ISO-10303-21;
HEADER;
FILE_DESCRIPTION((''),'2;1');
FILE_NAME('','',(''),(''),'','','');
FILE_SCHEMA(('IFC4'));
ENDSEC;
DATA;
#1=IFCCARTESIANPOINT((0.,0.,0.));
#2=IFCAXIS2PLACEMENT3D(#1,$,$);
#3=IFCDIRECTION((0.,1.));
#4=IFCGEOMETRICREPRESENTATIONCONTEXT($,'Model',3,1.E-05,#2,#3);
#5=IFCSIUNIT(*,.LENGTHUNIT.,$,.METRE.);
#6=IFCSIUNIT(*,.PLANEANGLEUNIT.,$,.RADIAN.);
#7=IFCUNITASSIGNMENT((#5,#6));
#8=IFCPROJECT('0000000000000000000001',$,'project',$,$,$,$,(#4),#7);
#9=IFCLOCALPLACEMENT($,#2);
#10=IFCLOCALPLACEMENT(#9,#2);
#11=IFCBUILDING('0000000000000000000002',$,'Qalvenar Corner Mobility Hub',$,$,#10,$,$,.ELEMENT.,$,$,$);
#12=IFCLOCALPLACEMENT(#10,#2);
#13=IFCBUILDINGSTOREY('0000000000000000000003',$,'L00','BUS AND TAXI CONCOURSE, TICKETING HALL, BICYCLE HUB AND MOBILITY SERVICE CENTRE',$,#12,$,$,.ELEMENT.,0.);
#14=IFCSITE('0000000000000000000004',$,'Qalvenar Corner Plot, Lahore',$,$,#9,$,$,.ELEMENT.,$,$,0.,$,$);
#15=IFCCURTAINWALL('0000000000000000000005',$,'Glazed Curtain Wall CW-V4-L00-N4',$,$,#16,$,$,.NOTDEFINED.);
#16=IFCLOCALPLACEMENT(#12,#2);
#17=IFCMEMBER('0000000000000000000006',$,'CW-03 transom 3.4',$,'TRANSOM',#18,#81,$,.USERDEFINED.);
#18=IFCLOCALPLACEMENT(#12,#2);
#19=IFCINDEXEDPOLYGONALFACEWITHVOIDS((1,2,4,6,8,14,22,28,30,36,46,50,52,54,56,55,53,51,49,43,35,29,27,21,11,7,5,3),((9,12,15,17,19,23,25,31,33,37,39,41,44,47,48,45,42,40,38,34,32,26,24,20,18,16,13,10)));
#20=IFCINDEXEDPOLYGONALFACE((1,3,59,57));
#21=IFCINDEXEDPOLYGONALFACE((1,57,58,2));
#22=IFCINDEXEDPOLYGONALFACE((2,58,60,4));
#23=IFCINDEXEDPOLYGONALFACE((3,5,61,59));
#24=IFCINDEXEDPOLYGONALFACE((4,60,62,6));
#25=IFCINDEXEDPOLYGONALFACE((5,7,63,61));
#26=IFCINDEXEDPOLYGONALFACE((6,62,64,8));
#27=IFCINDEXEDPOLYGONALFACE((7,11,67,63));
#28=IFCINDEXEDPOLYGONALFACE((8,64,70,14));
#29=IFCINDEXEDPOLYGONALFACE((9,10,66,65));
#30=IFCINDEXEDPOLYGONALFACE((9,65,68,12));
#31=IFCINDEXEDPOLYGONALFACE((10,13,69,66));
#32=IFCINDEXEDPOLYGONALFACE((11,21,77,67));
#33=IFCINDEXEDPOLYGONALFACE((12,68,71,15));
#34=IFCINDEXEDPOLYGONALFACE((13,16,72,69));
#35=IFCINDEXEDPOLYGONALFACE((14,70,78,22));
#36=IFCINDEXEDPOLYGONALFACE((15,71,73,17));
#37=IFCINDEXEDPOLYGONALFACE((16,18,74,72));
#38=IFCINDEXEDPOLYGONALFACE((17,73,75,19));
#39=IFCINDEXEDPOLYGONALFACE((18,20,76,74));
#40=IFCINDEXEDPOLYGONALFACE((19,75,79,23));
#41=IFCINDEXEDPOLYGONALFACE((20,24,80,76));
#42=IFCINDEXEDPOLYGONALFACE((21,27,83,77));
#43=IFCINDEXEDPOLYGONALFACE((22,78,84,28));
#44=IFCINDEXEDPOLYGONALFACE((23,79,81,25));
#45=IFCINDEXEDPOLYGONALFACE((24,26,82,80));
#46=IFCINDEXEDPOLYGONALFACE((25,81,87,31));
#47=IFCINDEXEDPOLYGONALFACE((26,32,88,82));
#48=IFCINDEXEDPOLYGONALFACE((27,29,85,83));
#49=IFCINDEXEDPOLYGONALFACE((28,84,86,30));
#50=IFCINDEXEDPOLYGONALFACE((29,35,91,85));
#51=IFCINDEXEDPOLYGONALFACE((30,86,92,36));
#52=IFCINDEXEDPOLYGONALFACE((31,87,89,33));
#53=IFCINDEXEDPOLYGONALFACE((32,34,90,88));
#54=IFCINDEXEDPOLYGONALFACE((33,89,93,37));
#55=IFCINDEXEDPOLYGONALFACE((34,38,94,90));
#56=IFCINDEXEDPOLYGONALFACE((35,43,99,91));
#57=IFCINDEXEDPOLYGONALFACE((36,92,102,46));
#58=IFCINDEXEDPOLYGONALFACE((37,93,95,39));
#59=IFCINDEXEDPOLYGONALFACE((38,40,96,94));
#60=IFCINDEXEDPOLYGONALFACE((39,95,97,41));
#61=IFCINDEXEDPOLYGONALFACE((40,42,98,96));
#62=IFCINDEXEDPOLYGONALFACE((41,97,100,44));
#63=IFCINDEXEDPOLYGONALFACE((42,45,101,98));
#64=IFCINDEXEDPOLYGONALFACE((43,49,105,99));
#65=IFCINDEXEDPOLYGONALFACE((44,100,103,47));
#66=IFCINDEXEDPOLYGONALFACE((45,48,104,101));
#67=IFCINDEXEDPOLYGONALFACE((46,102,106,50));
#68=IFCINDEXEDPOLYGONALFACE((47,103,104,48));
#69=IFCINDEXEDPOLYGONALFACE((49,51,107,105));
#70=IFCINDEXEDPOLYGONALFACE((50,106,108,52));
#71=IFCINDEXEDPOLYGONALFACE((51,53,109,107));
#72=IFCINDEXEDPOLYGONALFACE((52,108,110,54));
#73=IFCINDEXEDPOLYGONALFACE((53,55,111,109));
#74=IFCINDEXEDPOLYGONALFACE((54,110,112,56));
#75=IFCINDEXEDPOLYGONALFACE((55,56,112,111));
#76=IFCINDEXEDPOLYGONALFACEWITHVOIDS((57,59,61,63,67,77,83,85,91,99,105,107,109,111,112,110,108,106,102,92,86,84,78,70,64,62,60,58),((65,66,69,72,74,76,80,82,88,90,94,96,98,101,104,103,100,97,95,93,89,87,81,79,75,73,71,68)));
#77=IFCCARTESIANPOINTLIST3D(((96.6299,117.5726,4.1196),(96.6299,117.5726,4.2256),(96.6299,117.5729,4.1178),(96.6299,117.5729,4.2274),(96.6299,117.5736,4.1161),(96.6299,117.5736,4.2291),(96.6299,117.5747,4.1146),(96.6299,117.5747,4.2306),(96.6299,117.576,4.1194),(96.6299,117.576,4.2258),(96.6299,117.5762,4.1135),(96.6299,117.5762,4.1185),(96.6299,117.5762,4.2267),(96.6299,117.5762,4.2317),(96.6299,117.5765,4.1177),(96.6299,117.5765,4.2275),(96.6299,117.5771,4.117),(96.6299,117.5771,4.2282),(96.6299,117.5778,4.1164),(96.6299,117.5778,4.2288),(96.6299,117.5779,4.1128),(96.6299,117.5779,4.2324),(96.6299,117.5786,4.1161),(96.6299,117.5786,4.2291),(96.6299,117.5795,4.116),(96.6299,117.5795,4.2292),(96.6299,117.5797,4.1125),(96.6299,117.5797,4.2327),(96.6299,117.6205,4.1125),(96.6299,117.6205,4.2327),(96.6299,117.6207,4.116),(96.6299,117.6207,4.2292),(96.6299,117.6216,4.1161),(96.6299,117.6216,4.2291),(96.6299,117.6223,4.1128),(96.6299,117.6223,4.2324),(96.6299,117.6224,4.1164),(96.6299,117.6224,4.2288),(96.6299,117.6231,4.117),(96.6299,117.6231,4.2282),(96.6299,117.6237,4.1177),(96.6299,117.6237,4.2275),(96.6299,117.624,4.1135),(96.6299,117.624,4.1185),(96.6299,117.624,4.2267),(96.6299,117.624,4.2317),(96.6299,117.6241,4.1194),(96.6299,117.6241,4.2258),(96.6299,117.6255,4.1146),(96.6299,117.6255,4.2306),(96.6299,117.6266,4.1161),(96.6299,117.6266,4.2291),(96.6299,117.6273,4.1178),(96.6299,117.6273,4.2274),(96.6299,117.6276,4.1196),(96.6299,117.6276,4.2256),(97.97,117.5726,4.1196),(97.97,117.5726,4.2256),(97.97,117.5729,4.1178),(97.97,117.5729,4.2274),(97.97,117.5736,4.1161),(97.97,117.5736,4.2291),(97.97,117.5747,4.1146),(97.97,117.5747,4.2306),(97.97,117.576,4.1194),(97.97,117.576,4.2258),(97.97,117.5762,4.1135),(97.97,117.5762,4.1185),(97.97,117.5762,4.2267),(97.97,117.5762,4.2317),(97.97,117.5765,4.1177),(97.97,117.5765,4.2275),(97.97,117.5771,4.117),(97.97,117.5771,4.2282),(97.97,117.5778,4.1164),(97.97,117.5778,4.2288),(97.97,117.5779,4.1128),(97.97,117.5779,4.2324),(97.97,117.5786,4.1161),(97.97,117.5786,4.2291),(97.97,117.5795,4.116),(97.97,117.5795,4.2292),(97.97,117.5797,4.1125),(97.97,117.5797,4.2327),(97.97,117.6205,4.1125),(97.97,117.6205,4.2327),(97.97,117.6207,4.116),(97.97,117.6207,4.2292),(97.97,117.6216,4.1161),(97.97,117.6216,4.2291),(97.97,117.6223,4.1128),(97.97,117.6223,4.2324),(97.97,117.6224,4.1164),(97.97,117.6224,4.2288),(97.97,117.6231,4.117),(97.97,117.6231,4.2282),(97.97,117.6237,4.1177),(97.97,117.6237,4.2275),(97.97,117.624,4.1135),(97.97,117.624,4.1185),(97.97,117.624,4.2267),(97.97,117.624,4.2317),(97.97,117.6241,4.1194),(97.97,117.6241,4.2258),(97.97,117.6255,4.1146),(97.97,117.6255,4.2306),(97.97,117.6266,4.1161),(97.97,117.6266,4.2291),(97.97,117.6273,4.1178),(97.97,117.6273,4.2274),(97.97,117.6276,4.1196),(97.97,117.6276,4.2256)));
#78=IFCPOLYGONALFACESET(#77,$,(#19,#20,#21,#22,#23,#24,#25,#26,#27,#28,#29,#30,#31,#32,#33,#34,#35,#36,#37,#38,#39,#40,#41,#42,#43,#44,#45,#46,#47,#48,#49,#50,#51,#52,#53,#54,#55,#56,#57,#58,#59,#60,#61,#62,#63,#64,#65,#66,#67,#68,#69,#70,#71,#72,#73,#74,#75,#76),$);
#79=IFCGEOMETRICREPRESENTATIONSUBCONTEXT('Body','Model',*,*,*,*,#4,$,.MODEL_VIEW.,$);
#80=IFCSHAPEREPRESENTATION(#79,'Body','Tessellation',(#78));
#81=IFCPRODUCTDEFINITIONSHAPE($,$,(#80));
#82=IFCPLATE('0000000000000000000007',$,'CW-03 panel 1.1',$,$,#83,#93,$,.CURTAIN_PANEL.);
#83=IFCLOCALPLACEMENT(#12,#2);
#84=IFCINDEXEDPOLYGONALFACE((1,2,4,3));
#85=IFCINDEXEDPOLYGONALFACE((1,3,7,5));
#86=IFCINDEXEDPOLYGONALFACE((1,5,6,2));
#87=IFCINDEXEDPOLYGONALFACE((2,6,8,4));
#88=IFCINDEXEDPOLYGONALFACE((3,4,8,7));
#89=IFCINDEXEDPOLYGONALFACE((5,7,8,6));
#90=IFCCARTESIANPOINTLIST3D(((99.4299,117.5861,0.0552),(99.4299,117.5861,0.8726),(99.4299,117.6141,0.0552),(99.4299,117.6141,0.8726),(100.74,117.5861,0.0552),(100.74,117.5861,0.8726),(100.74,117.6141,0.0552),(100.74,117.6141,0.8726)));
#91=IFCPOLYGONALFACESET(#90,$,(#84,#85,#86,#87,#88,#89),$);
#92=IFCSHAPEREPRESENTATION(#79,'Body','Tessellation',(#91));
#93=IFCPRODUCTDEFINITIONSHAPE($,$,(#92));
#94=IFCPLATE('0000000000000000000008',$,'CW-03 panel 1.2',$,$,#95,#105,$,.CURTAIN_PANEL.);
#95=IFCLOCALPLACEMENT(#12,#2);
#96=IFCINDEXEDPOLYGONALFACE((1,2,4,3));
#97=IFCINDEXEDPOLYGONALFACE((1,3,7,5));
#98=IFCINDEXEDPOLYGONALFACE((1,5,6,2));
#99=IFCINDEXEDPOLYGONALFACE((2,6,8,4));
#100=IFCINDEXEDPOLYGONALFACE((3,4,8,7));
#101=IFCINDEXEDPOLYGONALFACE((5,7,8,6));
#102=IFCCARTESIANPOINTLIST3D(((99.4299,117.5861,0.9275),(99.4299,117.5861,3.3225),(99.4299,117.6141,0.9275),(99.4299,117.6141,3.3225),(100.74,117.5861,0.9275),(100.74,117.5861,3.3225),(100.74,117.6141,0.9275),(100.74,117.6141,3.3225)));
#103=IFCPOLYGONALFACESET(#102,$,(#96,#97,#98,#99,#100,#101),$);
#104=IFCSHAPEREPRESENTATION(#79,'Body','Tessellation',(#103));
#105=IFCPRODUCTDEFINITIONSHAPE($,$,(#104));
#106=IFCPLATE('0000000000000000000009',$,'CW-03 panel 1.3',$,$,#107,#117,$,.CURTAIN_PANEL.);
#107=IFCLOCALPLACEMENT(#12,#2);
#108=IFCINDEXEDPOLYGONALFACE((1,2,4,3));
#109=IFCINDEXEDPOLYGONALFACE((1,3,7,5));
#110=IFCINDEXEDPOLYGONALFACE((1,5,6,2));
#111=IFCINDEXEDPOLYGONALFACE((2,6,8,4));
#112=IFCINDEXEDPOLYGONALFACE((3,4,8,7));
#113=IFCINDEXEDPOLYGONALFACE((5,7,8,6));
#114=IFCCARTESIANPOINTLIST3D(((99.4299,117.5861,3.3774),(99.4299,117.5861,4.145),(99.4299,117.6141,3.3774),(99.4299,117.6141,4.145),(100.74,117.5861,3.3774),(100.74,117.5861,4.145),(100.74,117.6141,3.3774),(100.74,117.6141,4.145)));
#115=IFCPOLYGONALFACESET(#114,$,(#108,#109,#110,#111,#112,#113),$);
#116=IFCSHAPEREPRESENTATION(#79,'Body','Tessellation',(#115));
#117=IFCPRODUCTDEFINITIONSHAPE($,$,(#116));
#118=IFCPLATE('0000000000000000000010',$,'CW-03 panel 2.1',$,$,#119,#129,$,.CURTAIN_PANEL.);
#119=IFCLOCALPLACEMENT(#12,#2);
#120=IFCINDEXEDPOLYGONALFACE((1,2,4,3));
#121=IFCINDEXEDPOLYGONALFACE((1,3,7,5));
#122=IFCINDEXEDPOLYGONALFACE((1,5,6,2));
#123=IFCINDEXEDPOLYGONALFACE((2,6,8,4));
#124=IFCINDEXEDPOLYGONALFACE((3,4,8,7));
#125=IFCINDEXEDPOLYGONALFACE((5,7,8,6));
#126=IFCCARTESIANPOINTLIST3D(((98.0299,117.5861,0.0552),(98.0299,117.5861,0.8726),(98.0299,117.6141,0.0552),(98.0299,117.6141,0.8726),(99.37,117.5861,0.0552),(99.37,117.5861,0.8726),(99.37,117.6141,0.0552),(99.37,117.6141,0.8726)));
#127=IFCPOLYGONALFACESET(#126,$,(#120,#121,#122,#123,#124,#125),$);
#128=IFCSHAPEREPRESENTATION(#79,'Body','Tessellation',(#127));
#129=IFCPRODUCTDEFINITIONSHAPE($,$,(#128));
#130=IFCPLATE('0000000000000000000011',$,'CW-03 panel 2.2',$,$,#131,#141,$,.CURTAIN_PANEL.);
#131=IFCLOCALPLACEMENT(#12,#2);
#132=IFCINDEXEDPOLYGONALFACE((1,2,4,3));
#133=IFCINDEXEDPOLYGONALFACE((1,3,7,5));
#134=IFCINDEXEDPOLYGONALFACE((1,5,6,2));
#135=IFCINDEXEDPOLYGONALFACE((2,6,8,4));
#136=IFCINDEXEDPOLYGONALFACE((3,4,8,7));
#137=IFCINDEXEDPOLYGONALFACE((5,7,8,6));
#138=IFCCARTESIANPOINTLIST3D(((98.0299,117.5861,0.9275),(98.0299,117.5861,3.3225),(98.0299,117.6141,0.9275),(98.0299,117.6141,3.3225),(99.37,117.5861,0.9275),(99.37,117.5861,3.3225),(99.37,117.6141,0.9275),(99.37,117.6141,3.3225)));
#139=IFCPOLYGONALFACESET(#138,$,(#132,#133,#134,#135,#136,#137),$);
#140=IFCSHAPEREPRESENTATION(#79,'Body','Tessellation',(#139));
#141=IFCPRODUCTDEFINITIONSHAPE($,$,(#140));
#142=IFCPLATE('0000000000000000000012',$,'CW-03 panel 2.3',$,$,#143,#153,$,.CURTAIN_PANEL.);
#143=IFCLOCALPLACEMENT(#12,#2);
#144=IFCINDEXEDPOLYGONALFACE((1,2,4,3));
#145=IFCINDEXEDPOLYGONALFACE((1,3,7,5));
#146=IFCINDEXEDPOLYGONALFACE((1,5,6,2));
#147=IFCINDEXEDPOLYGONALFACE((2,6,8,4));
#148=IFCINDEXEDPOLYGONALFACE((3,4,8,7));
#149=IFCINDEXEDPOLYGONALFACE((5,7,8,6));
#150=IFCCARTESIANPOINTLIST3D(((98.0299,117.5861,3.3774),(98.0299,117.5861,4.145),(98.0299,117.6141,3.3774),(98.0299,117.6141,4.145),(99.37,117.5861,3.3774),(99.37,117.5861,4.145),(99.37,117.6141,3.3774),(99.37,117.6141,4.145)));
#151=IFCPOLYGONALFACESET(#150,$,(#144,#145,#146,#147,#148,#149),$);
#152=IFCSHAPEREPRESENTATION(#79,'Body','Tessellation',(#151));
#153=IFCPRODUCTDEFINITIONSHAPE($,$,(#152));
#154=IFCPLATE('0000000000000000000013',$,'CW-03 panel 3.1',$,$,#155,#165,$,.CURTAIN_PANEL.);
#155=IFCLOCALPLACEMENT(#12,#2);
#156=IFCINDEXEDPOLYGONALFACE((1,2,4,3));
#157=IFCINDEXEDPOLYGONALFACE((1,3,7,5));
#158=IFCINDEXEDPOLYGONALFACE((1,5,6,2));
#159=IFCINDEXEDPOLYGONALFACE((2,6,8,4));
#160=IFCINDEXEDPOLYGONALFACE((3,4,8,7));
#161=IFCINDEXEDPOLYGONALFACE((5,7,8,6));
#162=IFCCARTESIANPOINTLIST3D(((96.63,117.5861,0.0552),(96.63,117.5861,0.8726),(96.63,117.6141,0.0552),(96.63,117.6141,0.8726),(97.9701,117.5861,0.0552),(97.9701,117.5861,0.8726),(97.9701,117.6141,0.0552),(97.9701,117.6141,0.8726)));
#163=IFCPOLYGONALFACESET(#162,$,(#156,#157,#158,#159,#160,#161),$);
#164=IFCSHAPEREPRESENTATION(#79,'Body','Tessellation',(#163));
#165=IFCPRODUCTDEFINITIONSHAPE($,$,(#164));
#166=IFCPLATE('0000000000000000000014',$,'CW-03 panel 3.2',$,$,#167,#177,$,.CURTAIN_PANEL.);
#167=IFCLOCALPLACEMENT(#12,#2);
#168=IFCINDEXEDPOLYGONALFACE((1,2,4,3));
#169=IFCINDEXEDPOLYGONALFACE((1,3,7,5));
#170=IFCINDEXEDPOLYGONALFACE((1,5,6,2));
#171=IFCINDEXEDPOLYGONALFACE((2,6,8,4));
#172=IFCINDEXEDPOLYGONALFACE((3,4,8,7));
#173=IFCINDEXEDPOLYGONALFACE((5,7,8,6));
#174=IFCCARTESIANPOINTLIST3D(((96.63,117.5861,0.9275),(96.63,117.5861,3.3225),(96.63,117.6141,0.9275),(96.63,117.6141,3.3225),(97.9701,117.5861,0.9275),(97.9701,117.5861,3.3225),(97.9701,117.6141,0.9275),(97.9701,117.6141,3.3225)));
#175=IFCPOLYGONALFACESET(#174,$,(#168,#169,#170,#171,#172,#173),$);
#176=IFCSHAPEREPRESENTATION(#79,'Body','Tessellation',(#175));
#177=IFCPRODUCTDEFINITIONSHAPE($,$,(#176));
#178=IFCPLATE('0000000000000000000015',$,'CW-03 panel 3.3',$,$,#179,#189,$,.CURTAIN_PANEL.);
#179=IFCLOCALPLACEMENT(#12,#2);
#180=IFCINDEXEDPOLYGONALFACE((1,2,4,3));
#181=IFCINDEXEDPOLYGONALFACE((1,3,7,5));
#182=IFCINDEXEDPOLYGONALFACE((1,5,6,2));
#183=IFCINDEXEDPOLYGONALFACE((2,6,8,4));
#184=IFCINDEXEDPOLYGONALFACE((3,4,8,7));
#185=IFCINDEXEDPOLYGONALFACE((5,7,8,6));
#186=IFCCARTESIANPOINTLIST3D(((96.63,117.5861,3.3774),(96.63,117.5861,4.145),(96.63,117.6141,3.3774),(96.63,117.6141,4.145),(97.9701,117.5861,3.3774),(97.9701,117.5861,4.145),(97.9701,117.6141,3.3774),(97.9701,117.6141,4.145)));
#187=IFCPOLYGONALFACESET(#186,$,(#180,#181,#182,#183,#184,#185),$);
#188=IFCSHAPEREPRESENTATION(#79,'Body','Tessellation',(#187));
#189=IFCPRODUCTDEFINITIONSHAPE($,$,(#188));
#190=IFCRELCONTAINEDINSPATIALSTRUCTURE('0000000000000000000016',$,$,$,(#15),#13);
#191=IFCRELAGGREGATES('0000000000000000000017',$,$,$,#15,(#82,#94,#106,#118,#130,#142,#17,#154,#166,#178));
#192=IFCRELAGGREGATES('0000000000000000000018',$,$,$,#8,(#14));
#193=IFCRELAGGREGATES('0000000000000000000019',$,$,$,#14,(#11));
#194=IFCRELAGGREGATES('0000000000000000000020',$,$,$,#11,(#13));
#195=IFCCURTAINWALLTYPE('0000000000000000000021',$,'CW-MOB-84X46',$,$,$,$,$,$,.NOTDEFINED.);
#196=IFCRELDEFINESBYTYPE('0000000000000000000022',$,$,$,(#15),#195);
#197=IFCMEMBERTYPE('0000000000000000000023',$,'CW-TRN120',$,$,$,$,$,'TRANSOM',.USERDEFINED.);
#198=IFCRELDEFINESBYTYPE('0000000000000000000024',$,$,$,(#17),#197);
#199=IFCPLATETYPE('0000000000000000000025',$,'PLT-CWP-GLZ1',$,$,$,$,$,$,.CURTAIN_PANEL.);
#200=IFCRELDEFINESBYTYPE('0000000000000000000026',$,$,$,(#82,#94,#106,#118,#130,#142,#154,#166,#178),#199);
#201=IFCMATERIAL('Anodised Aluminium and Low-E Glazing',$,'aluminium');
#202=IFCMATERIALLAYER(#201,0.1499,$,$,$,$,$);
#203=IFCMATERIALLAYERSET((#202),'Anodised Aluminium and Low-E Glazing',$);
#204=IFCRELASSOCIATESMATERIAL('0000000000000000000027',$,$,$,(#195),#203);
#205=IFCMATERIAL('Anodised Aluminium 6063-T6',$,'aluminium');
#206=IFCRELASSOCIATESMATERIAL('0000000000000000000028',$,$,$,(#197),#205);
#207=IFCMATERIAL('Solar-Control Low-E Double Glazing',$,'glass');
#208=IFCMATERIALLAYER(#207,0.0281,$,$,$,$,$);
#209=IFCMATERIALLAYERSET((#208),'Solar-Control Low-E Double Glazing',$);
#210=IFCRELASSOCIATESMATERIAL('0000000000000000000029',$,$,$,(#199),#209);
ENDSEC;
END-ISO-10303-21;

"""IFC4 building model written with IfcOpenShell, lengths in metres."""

from ifc_helpers import new_model, si_unit, direction, frame, origin, origin_2d, place, context, subcontext, project, spatial, rectangle, hollow_rectangle, extrude, material, layer, layer_set, material_profile, profile_set, type_object, element, aggregate, save


model = new_model("IFC4")

# Units and contexts
model_context = context("Model", 3, precision=1e-05, world=origin(), true_north=direction((0.0, 1.0)))
body_context = subcontext(model_context, "Body", "Model", "MODEL_VIEW")
ifc_project = project(units=[si_unit("LENGTHUNIT", "METRE"), si_unit("PLANEANGLEUNIT", "RADIAN")], contexts=[model_context])

# Site, building, storey
site_placement = place(None, origin())
site = spatial("IfcSite", under=ifc_project, at=site_placement, Name="Qalvenar Corner Plot, Lahore", CompositionType="ELEMENT", RefElevation=0.0)
building_placement = place(site_placement, origin())
building = spatial("IfcBuilding", under=site, at=building_placement, Name="Qalvenar Corner Mobility Hub", CompositionType="ELEMENT")
storey_placement = place(building_placement, origin())
storey = spatial("IfcBuildingStorey", under=building, at=storey_placement, Name="L00", Description="BUS AND TAXI CONCOURSE, TICKETING HALL, BICYCLE HUB AND MOBILITY SERVICE CENTRE", CompositionType="ELEMENT", Elevation=0.0)

# Curtain wall, member, plates
ifc_material_1 = material(Name="Anodised Aluminium and Low-E Glazing", Category="aluminium")
ifc_layer_1 = layer(ifc_material_1, 0.1499)
ifc_layer_set_1 = layer_set([ifc_layer_1], Name="Anodised Aluminium and Low-E Glazing")
curtain_wall_type = type_object("IfcCurtainWallType", Name="CW-MOB-84X46", PredefinedType="NOTDEFINED", material=ifc_layer_set_1)
curtain_wall_placement = place(storey_placement, origin())
curtain_wall = element("IfcCurtainWall", 1, at=curtain_wall_placement, inside=storey, type_object=curtain_wall_type, Name="Glazed Curtain Wall CW-V4-L00-N4", PredefinedType="NOTDEFINED")
ifc_material_2 = material(Name="Anodised Aluminium 6063-T6", Category="aluminium")
ifc_material_profile_1 = material_profile(ifc_material_2, hollow_rectangle(XDim=0.0549, YDim=0.1201, WallThickness=0.0034, InnerFilletRadius=0.0034, OuterFilletRadius=0.0071, at=origin_2d()), Name="RHS120x55x3.5")
ifc_profile_set_1 = profile_set([ifc_material_profile_1], Name="Anodised Aluminium 6063-T6")
member_type_1 = type_object("IfcMemberType", Name="CW-TRN120", ElementType="TRANSOM", PredefinedType="USERDEFINED", material=ifc_profile_set_1)
member_1_placement = place(storey_placement, frame((97.97, 117.6001, 4.1726), z_axis=(-1.0, 0.0, 0.0), x_axis=(0.0, -1.0, 0.0)))
member_1 = element("IfcMember", 2, at=member_1_placement, type_object=member_type_1, Name="CW-03 transom 3.4", ObjectType="TRANSOM", PredefinedType="USERDEFINED", context=body_context, shape_type="SweptSolid", body=[
    extrude(hollow_rectangle(XDim=0.0549, YDim=0.1201, WallThickness=0.0034, InnerFilletRadius=0.0034, OuterFilletRadius=0.0071, at=origin_2d()), origin(), (0.0, 0.0, 1.0), 1.3401),
])
ifc_material_3 = material(Name="Solar-Control Low-E Double Glazing", Category="glass")
ifc_layer_2 = layer(ifc_material_3, 0.0281)
ifc_layer_set_2 = layer_set([ifc_layer_2], Name="Solar-Control Low-E Double Glazing")
plate_type = type_object("IfcPlateType", Name="PLT-CWP-GLZ1", PredefinedType="CURTAIN_PANEL", material=ifc_layer_set_2)
plate_1_placement = place(storey_placement, frame((100.085, 117.6001, 0.0552), z_axis=(0.0, 0.0, 1.0), x_axis=(-1.0, 0.0, 0.0)))
plate_1 = element("IfcPlate", 3, at=plate_1_placement, type_object=plate_type, Name="CW-03 panel 1.1", PredefinedType="CURTAIN_PANEL", context=body_context, shape_type="SweptSolid", body=[
    extrude(rectangle(XDim=1.3101, YDim=0.0281, at=origin_2d()), origin(), (0.0, 0.0, 1.0), 0.8174),
])
plate_2_placement = place(storey_placement, frame((100.085, 117.6001, 0.9275), z_axis=(0.0, 0.0, 1.0), x_axis=(-1.0, 0.0, 0.0)))
plate_2 = element("IfcPlate", 4, at=plate_2_placement, type_object=plate_type, Name="CW-03 panel 1.2", PredefinedType="CURTAIN_PANEL", context=body_context, shape_type="SweptSolid", body=[
    extrude(rectangle(XDim=1.3101, YDim=0.0281, at=origin_2d()), origin(), (0.0, 0.0, 1.0), 2.395),
])
plate_3_placement = place(storey_placement, frame((100.085, 117.6001, 3.3774), z_axis=(0.0, 0.0, 1.0), x_axis=(-1.0, 0.0, 0.0)))
plate_3 = element("IfcPlate", 5, at=plate_3_placement, type_object=plate_type, Name="CW-03 panel 1.3", PredefinedType="CURTAIN_PANEL", context=body_context, shape_type="SweptSolid", body=[
    extrude(rectangle(XDim=1.3101, YDim=0.0281, at=origin_2d()), origin(), (0.0, 0.0, 1.0), 0.7676),
])
plate_4_placement = place(storey_placement, frame((98.7, 117.6001, 0.0552), z_axis=(0.0, 0.0, 1.0), x_axis=(-1.0, 0.0, 0.0)))
plate_4 = element("IfcPlate", 6, at=plate_4_placement, type_object=plate_type, Name="CW-03 panel 2.1", PredefinedType="CURTAIN_PANEL", context=body_context, shape_type="SweptSolid", body=[
    extrude(rectangle(XDim=1.3401, YDim=0.0281, at=origin_2d()), origin(), (0.0, 0.0, 1.0), 0.8174),
])
plate_5_placement = place(storey_placement, frame((98.7, 117.6001, 0.9275), z_axis=(0.0, 0.0, 1.0), x_axis=(-1.0, 0.0, 0.0)))
plate_5 = element("IfcPlate", 7, at=plate_5_placement, type_object=plate_type, Name="CW-03 panel 2.2", PredefinedType="CURTAIN_PANEL", context=body_context, shape_type="SweptSolid", body=[
    extrude(rectangle(XDim=1.3401, YDim=0.0281, at=origin_2d()), origin(), (0.0, 0.0, 1.0), 2.395),
])
plate_6_placement = place(storey_placement, frame((98.7, 117.6001, 3.3774), z_axis=(0.0, 0.0, 1.0), x_axis=(-1.0, 0.0, 0.0)))
plate_6 = element("IfcPlate", 8, at=plate_6_placement, type_object=plate_type, Name="CW-03 panel 2.3", PredefinedType="CURTAIN_PANEL", context=body_context, shape_type="SweptSolid", body=[
    extrude(rectangle(XDim=1.3401, YDim=0.0281, at=origin_2d()), origin(), (0.0, 0.0, 1.0), 0.7676),
])
plate_7_placement = place(storey_placement, frame((97.3, 117.6001, 0.0552), z_axis=(0.0, 0.0, 1.0), x_axis=(-1.0, 0.0, 0.0)))
plate_7 = element("IfcPlate", 9, at=plate_7_placement, type_object=plate_type, Name="CW-03 panel 3.1", PredefinedType="CURTAIN_PANEL", context=body_context, shape_type="SweptSolid", body=[
    extrude(rectangle(XDim=1.3401, YDim=0.0281, at=origin_2d()), origin(), (0.0, 0.0, 1.0), 0.8174),
])
plate_8_placement = place(storey_placement, frame((97.3, 117.6001, 0.9275), z_axis=(0.0, 0.0, 1.0), x_axis=(-1.0, 0.0, 0.0)))
plate_8 = element("IfcPlate", 10, at=plate_8_placement, type_object=plate_type, Name="CW-03 panel 3.2", PredefinedType="CURTAIN_PANEL", context=body_context, shape_type="SweptSolid", body=[
    extrude(rectangle(XDim=1.3401, YDim=0.0281, at=origin_2d()), origin(), (0.0, 0.0, 1.0), 2.395),
])
plate_9_placement = place(storey_placement, frame((97.3, 117.6001, 3.3774), z_axis=(0.0, 0.0, 1.0), x_axis=(-1.0, 0.0, 0.0)))
plate_9 = element("IfcPlate", 11, at=plate_9_placement, type_object=plate_type, Name="CW-03 panel 3.3", PredefinedType="CURTAIN_PANEL", context=body_context, shape_type="SweptSolid", body=[
    extrude(rectangle(XDim=1.3401, YDim=0.0281, at=origin_2d()), origin(), (0.0, 0.0, 1.0), 0.7676),
])
aggregate(curtain_wall, [plate_1, plate_2, plate_3, plate_4, plate_5, plate_6, member_1, plate_7, plate_8, plate_9])

save(model, "model.ifc")
